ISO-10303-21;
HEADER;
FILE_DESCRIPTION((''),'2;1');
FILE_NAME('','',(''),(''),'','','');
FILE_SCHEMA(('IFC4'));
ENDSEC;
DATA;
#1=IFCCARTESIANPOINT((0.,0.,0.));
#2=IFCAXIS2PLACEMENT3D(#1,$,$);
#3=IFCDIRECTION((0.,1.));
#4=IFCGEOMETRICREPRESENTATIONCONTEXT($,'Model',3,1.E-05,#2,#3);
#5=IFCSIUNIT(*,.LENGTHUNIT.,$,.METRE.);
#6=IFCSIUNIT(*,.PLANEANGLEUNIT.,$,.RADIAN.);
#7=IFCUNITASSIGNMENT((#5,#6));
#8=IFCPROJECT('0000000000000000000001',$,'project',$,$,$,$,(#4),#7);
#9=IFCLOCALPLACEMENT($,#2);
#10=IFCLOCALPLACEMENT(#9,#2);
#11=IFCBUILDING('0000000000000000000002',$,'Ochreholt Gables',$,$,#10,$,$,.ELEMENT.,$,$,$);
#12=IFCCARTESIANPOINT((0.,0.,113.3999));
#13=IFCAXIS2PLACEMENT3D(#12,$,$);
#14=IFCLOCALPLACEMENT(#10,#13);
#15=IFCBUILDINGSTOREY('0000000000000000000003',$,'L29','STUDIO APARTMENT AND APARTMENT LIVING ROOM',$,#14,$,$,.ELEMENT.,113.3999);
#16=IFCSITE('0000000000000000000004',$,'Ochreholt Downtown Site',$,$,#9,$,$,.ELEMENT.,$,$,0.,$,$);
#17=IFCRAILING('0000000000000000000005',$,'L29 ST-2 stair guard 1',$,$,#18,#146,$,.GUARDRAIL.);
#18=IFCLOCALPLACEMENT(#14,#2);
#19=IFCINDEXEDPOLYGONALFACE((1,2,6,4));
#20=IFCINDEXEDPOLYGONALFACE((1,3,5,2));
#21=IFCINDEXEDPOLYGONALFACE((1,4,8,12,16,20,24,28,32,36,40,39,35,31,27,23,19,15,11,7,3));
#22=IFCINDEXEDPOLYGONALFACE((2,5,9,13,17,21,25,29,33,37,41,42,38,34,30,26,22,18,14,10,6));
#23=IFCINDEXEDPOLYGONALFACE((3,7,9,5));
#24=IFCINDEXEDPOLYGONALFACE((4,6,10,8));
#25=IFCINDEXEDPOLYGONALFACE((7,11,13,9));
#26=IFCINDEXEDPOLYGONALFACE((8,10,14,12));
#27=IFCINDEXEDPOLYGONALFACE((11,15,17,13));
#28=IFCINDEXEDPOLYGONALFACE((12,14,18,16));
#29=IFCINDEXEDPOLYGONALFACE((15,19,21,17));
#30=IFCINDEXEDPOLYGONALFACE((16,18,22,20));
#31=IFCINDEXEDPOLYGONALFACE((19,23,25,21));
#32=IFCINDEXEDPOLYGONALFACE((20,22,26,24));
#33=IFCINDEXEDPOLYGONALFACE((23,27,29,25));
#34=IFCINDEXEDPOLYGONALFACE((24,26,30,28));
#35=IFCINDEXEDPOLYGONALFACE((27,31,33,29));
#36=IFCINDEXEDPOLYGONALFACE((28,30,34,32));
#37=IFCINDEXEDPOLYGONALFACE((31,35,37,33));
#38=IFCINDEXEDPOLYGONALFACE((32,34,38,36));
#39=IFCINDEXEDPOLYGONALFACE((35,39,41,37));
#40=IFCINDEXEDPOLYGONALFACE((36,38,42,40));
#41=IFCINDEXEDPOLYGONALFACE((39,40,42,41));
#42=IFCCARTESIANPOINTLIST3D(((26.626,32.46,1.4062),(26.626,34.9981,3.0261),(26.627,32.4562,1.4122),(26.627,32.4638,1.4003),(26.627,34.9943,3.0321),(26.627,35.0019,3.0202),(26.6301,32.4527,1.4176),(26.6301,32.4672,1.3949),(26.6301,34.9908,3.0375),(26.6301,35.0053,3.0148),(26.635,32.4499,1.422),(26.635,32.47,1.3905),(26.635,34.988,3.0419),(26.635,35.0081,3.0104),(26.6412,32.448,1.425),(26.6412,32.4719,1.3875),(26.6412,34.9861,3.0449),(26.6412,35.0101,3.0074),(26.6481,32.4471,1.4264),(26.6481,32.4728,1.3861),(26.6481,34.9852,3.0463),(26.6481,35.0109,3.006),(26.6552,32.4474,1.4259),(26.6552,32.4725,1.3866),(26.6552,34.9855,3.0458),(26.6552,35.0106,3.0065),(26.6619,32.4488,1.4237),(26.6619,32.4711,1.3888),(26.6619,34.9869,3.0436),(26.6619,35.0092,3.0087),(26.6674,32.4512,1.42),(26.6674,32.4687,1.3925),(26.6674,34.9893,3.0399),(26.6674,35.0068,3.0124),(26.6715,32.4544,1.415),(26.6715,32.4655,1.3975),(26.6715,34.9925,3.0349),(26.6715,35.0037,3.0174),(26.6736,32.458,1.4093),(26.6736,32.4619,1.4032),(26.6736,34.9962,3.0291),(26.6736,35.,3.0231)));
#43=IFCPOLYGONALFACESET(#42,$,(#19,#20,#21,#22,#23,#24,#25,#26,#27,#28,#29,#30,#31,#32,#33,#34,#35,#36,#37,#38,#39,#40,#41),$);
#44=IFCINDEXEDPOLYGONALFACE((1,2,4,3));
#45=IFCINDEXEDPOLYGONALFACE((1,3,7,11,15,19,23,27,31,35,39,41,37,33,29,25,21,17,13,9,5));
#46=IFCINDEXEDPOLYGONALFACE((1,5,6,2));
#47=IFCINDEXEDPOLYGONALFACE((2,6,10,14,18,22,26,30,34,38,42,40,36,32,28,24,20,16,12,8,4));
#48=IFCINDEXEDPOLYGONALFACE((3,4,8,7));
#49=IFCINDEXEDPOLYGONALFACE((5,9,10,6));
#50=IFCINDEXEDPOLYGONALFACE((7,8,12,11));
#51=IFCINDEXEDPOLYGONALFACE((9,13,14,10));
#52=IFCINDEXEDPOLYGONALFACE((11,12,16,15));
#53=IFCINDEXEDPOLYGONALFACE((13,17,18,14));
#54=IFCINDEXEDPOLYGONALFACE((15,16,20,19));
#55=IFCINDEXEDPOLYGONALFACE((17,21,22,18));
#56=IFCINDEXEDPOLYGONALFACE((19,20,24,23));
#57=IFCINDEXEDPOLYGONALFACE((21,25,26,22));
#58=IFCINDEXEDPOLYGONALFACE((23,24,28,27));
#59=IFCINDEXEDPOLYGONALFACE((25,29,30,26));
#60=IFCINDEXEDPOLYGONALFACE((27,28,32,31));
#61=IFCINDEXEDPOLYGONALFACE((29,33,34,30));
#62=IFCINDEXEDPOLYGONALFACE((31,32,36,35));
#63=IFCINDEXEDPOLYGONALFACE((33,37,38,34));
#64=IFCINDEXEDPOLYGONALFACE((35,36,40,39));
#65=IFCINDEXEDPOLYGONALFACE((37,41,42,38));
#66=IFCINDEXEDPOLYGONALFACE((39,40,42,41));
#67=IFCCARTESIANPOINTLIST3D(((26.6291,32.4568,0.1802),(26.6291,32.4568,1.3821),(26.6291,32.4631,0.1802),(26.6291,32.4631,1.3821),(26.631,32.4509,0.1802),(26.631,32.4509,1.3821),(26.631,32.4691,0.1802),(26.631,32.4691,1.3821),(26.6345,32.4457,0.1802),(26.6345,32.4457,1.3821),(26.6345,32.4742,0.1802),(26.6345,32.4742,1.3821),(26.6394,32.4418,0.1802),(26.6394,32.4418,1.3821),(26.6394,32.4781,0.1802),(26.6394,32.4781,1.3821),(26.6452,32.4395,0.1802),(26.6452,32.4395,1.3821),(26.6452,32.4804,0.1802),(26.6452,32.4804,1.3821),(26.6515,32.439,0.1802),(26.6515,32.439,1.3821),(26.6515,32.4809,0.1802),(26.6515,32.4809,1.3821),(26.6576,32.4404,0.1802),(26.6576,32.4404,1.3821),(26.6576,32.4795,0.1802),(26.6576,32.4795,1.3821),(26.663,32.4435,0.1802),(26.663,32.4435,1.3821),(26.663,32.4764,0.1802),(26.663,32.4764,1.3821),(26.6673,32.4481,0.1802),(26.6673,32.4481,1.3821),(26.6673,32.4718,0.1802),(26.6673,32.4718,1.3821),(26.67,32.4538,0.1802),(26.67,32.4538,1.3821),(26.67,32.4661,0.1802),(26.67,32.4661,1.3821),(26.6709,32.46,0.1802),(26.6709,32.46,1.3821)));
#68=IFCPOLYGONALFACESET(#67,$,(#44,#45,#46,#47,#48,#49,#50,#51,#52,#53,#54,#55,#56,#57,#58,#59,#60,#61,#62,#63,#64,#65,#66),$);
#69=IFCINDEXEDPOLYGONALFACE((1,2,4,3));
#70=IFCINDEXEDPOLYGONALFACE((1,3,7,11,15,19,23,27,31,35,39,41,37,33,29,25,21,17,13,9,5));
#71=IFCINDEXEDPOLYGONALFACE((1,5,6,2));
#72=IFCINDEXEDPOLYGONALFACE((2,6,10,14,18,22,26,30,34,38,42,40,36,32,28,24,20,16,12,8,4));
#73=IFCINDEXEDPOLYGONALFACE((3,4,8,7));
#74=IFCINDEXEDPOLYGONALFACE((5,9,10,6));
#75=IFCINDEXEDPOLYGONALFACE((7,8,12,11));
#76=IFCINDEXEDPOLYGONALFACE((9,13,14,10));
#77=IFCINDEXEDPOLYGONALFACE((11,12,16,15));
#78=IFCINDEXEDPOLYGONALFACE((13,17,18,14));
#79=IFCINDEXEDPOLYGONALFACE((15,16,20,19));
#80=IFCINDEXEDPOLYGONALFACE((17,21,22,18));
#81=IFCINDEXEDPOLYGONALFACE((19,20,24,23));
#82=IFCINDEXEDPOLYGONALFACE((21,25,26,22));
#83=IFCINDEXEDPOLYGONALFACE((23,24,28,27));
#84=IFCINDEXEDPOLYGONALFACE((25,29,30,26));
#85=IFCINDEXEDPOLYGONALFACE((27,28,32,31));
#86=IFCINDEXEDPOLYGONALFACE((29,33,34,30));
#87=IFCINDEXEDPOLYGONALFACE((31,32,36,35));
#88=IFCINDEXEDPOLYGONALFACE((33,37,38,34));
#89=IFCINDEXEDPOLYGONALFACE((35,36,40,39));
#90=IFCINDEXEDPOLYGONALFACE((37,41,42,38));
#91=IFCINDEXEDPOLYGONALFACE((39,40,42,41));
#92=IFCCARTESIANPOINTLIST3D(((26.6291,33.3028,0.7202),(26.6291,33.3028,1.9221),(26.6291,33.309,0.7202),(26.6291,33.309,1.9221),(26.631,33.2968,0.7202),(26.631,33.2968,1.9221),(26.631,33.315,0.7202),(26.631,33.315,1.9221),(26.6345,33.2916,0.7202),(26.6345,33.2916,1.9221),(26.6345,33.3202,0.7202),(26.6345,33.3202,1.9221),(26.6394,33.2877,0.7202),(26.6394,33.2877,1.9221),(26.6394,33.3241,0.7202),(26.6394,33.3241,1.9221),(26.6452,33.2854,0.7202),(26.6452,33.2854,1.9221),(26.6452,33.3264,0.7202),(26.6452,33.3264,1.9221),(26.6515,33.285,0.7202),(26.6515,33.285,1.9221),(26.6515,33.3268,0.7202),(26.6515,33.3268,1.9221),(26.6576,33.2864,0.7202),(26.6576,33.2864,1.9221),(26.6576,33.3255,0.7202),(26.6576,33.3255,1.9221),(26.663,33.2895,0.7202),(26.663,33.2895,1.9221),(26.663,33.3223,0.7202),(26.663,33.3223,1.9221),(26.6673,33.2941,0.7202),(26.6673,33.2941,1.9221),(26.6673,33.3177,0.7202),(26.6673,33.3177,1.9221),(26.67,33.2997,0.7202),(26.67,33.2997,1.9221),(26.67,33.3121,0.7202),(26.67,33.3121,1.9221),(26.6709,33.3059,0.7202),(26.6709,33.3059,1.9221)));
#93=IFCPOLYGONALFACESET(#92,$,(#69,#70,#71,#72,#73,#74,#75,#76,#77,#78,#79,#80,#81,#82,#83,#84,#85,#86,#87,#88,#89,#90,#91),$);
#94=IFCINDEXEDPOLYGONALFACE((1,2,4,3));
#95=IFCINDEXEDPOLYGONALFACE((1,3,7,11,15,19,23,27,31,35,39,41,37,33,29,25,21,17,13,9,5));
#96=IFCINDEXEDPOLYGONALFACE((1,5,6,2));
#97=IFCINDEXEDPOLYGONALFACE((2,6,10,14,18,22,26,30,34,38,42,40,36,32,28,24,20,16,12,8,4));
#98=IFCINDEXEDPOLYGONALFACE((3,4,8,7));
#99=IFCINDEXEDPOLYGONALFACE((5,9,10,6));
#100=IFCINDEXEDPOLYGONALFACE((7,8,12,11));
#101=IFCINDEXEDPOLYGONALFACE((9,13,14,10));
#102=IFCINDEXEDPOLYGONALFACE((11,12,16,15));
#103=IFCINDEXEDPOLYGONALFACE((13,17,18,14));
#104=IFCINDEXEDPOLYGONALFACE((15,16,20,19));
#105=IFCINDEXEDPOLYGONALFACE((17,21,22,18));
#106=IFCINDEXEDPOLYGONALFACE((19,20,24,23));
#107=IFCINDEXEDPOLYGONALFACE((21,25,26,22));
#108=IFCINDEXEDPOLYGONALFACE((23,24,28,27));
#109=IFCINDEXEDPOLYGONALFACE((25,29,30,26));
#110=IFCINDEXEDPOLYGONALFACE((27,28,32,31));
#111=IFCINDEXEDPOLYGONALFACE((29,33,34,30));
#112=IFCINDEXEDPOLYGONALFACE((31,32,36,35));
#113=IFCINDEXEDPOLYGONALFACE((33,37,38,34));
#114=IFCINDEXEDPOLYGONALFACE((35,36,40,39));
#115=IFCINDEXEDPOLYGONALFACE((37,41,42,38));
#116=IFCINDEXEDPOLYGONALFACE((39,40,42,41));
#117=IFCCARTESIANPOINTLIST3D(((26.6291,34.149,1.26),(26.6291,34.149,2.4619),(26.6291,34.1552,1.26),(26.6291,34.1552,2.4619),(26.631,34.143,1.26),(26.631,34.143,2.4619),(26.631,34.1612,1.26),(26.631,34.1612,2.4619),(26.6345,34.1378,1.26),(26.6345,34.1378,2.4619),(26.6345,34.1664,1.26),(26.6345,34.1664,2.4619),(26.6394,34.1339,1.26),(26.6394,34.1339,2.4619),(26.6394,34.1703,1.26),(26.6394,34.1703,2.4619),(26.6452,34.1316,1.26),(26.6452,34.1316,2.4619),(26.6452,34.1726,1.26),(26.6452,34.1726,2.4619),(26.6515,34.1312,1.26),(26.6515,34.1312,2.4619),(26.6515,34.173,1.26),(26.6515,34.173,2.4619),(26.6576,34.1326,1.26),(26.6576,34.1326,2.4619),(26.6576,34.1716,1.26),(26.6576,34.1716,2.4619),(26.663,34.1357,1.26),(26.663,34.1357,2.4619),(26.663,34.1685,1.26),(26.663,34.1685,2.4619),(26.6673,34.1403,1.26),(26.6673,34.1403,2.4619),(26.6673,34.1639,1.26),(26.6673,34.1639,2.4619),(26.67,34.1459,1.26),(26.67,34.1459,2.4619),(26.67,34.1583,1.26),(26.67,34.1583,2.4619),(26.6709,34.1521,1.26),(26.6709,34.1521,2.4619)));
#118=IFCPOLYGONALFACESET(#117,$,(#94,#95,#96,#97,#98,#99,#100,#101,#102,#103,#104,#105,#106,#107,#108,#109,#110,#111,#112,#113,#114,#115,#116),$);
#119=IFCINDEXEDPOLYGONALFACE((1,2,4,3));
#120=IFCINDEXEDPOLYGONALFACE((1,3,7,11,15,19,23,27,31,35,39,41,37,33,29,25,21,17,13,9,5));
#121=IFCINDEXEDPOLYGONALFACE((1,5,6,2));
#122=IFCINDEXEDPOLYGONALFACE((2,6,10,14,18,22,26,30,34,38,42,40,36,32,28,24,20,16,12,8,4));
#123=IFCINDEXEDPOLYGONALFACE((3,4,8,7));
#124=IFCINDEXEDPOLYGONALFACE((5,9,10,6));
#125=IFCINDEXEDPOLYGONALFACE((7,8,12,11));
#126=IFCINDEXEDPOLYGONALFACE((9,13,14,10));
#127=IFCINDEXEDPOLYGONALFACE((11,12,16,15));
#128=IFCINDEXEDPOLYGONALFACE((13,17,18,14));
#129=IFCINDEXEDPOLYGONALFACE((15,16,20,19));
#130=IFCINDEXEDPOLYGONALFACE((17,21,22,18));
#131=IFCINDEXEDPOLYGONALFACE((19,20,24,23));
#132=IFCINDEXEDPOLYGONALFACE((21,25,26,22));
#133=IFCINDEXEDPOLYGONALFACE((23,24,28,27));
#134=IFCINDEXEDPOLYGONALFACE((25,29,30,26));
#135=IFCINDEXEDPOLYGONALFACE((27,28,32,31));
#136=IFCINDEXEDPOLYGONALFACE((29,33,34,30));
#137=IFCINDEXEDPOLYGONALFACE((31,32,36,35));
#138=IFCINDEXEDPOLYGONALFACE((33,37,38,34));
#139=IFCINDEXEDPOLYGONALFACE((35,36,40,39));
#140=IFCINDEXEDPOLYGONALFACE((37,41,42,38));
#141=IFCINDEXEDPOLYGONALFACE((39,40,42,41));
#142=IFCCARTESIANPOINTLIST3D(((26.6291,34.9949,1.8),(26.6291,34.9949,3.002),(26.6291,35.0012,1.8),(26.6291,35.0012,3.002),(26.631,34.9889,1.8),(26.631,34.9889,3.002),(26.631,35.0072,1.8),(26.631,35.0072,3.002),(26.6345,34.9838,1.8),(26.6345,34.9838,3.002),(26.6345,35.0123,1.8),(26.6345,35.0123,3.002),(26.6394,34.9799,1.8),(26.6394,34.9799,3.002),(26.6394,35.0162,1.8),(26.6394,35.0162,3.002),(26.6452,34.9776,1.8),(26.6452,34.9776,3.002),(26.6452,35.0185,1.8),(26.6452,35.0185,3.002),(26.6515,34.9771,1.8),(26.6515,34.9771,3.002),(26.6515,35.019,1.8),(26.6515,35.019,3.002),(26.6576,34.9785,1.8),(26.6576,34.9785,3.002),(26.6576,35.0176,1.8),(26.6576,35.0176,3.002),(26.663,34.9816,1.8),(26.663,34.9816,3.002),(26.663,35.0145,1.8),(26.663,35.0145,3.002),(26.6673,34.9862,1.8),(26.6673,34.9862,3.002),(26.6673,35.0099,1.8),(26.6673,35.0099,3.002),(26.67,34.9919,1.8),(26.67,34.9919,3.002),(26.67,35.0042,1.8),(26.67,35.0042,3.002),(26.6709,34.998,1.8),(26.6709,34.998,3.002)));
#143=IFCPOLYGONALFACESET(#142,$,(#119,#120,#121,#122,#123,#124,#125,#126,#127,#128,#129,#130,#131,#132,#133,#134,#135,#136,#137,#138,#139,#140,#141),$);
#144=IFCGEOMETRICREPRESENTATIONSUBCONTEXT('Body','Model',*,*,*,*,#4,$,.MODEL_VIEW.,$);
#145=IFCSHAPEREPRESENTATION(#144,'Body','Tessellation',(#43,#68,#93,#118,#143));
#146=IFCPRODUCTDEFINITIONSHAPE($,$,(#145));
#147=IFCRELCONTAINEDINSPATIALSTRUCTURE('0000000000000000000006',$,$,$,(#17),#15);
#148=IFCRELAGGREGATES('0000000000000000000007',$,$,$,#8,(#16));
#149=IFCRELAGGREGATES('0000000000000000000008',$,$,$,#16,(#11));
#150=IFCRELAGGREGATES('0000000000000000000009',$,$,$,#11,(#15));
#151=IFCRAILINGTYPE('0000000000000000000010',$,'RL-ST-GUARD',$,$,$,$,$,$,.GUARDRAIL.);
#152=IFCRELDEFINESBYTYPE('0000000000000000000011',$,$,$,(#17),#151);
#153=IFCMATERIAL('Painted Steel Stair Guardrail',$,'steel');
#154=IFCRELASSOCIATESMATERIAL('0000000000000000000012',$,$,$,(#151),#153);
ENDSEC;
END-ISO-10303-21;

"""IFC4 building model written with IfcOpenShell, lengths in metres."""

from ifc_helpers import new_model, si_unit, direction, frame, origin, origin_2d, place, context, subcontext, project, spatial, circle, extrude, material, type_object, element, save


model = new_model("IFC4")

# Units and contexts
model_context = context("Model", 3, precision=1e-05, world=origin(), true_north=direction((0.0, 1.0)))
body_context = subcontext(model_context, "Body", "Model", "MODEL_VIEW")
ifc_project = project(units=[si_unit("LENGTHUNIT", "METRE"), si_unit("PLANEANGLEUNIT", "RADIAN")], contexts=[model_context])

# Site, building, storey
site_placement = place(None, origin())
site = spatial("IfcSite", under=ifc_project, at=site_placement, Name="Ochreholt Downtown Site", CompositionType="ELEMENT", RefElevation=0.0)
building_placement = place(site_placement, origin())
building = spatial("IfcBuilding", under=site, at=building_placement, Name="Ochreholt Gables", CompositionType="ELEMENT")
storey_placement = place(building_placement, frame((0.0, 0.0, 113.3999)))
storey = spatial("IfcBuildingStorey", under=building, at=storey_placement, Name="L29", Description="STUDIO APARTMENT AND APARTMENT LIVING ROOM", CompositionType="ELEMENT", Elevation=113.3999)

# Railing
ifc_material_1 = material(Name="Painted Steel Stair Guardrail", Category="steel")
railing_type_1 = type_object("IfcRailingType", Name="RL-ST-GUARD", PredefinedType="GUARDRAIL", material=ifc_material_1)
railing_1_placement = place(storey_placement, frame((26.6499, 32.46, 0.1802)))
element("IfcRailing", 1, at=railing_1_placement, inside=storey, type_object=railing_type_1, Name="L29 ST-2 stair guard 1", PredefinedType="GUARDRAIL", context=body_context, shape_type="SweptSolid", body=[
    extrude(circle(Radius=0.0239, at=origin_2d()), frame((0.0, 0.0, 1.2261), z_axis=(0.0, 0.84295, 0.537993), x_axis=(-1.0, 0.0, 0.0)), (0.0, 0.0, 1.0), 3.011),
    extrude(circle(Radius=0.021, at=origin_2d()), origin(), (0.0, 0.0, 1.0), 1.2019),
    extrude(circle(Radius=0.021, at=origin_2d()), frame((0.0, 0.8459, 0.54)), (0.0, 0.0, 1.0), 1.2019),
    extrude(circle(Radius=0.021, at=origin_2d()), frame((0.0, 1.6921, 1.0798)), (0.0, 0.0, 1.0), 1.2019),
    extrude(circle(Radius=0.021, at=origin_2d()), frame((0.0, 2.5381, 1.6199)), (0.0, 0.0, 1.0), 1.2019),
])

save(model, "model.ifc")
